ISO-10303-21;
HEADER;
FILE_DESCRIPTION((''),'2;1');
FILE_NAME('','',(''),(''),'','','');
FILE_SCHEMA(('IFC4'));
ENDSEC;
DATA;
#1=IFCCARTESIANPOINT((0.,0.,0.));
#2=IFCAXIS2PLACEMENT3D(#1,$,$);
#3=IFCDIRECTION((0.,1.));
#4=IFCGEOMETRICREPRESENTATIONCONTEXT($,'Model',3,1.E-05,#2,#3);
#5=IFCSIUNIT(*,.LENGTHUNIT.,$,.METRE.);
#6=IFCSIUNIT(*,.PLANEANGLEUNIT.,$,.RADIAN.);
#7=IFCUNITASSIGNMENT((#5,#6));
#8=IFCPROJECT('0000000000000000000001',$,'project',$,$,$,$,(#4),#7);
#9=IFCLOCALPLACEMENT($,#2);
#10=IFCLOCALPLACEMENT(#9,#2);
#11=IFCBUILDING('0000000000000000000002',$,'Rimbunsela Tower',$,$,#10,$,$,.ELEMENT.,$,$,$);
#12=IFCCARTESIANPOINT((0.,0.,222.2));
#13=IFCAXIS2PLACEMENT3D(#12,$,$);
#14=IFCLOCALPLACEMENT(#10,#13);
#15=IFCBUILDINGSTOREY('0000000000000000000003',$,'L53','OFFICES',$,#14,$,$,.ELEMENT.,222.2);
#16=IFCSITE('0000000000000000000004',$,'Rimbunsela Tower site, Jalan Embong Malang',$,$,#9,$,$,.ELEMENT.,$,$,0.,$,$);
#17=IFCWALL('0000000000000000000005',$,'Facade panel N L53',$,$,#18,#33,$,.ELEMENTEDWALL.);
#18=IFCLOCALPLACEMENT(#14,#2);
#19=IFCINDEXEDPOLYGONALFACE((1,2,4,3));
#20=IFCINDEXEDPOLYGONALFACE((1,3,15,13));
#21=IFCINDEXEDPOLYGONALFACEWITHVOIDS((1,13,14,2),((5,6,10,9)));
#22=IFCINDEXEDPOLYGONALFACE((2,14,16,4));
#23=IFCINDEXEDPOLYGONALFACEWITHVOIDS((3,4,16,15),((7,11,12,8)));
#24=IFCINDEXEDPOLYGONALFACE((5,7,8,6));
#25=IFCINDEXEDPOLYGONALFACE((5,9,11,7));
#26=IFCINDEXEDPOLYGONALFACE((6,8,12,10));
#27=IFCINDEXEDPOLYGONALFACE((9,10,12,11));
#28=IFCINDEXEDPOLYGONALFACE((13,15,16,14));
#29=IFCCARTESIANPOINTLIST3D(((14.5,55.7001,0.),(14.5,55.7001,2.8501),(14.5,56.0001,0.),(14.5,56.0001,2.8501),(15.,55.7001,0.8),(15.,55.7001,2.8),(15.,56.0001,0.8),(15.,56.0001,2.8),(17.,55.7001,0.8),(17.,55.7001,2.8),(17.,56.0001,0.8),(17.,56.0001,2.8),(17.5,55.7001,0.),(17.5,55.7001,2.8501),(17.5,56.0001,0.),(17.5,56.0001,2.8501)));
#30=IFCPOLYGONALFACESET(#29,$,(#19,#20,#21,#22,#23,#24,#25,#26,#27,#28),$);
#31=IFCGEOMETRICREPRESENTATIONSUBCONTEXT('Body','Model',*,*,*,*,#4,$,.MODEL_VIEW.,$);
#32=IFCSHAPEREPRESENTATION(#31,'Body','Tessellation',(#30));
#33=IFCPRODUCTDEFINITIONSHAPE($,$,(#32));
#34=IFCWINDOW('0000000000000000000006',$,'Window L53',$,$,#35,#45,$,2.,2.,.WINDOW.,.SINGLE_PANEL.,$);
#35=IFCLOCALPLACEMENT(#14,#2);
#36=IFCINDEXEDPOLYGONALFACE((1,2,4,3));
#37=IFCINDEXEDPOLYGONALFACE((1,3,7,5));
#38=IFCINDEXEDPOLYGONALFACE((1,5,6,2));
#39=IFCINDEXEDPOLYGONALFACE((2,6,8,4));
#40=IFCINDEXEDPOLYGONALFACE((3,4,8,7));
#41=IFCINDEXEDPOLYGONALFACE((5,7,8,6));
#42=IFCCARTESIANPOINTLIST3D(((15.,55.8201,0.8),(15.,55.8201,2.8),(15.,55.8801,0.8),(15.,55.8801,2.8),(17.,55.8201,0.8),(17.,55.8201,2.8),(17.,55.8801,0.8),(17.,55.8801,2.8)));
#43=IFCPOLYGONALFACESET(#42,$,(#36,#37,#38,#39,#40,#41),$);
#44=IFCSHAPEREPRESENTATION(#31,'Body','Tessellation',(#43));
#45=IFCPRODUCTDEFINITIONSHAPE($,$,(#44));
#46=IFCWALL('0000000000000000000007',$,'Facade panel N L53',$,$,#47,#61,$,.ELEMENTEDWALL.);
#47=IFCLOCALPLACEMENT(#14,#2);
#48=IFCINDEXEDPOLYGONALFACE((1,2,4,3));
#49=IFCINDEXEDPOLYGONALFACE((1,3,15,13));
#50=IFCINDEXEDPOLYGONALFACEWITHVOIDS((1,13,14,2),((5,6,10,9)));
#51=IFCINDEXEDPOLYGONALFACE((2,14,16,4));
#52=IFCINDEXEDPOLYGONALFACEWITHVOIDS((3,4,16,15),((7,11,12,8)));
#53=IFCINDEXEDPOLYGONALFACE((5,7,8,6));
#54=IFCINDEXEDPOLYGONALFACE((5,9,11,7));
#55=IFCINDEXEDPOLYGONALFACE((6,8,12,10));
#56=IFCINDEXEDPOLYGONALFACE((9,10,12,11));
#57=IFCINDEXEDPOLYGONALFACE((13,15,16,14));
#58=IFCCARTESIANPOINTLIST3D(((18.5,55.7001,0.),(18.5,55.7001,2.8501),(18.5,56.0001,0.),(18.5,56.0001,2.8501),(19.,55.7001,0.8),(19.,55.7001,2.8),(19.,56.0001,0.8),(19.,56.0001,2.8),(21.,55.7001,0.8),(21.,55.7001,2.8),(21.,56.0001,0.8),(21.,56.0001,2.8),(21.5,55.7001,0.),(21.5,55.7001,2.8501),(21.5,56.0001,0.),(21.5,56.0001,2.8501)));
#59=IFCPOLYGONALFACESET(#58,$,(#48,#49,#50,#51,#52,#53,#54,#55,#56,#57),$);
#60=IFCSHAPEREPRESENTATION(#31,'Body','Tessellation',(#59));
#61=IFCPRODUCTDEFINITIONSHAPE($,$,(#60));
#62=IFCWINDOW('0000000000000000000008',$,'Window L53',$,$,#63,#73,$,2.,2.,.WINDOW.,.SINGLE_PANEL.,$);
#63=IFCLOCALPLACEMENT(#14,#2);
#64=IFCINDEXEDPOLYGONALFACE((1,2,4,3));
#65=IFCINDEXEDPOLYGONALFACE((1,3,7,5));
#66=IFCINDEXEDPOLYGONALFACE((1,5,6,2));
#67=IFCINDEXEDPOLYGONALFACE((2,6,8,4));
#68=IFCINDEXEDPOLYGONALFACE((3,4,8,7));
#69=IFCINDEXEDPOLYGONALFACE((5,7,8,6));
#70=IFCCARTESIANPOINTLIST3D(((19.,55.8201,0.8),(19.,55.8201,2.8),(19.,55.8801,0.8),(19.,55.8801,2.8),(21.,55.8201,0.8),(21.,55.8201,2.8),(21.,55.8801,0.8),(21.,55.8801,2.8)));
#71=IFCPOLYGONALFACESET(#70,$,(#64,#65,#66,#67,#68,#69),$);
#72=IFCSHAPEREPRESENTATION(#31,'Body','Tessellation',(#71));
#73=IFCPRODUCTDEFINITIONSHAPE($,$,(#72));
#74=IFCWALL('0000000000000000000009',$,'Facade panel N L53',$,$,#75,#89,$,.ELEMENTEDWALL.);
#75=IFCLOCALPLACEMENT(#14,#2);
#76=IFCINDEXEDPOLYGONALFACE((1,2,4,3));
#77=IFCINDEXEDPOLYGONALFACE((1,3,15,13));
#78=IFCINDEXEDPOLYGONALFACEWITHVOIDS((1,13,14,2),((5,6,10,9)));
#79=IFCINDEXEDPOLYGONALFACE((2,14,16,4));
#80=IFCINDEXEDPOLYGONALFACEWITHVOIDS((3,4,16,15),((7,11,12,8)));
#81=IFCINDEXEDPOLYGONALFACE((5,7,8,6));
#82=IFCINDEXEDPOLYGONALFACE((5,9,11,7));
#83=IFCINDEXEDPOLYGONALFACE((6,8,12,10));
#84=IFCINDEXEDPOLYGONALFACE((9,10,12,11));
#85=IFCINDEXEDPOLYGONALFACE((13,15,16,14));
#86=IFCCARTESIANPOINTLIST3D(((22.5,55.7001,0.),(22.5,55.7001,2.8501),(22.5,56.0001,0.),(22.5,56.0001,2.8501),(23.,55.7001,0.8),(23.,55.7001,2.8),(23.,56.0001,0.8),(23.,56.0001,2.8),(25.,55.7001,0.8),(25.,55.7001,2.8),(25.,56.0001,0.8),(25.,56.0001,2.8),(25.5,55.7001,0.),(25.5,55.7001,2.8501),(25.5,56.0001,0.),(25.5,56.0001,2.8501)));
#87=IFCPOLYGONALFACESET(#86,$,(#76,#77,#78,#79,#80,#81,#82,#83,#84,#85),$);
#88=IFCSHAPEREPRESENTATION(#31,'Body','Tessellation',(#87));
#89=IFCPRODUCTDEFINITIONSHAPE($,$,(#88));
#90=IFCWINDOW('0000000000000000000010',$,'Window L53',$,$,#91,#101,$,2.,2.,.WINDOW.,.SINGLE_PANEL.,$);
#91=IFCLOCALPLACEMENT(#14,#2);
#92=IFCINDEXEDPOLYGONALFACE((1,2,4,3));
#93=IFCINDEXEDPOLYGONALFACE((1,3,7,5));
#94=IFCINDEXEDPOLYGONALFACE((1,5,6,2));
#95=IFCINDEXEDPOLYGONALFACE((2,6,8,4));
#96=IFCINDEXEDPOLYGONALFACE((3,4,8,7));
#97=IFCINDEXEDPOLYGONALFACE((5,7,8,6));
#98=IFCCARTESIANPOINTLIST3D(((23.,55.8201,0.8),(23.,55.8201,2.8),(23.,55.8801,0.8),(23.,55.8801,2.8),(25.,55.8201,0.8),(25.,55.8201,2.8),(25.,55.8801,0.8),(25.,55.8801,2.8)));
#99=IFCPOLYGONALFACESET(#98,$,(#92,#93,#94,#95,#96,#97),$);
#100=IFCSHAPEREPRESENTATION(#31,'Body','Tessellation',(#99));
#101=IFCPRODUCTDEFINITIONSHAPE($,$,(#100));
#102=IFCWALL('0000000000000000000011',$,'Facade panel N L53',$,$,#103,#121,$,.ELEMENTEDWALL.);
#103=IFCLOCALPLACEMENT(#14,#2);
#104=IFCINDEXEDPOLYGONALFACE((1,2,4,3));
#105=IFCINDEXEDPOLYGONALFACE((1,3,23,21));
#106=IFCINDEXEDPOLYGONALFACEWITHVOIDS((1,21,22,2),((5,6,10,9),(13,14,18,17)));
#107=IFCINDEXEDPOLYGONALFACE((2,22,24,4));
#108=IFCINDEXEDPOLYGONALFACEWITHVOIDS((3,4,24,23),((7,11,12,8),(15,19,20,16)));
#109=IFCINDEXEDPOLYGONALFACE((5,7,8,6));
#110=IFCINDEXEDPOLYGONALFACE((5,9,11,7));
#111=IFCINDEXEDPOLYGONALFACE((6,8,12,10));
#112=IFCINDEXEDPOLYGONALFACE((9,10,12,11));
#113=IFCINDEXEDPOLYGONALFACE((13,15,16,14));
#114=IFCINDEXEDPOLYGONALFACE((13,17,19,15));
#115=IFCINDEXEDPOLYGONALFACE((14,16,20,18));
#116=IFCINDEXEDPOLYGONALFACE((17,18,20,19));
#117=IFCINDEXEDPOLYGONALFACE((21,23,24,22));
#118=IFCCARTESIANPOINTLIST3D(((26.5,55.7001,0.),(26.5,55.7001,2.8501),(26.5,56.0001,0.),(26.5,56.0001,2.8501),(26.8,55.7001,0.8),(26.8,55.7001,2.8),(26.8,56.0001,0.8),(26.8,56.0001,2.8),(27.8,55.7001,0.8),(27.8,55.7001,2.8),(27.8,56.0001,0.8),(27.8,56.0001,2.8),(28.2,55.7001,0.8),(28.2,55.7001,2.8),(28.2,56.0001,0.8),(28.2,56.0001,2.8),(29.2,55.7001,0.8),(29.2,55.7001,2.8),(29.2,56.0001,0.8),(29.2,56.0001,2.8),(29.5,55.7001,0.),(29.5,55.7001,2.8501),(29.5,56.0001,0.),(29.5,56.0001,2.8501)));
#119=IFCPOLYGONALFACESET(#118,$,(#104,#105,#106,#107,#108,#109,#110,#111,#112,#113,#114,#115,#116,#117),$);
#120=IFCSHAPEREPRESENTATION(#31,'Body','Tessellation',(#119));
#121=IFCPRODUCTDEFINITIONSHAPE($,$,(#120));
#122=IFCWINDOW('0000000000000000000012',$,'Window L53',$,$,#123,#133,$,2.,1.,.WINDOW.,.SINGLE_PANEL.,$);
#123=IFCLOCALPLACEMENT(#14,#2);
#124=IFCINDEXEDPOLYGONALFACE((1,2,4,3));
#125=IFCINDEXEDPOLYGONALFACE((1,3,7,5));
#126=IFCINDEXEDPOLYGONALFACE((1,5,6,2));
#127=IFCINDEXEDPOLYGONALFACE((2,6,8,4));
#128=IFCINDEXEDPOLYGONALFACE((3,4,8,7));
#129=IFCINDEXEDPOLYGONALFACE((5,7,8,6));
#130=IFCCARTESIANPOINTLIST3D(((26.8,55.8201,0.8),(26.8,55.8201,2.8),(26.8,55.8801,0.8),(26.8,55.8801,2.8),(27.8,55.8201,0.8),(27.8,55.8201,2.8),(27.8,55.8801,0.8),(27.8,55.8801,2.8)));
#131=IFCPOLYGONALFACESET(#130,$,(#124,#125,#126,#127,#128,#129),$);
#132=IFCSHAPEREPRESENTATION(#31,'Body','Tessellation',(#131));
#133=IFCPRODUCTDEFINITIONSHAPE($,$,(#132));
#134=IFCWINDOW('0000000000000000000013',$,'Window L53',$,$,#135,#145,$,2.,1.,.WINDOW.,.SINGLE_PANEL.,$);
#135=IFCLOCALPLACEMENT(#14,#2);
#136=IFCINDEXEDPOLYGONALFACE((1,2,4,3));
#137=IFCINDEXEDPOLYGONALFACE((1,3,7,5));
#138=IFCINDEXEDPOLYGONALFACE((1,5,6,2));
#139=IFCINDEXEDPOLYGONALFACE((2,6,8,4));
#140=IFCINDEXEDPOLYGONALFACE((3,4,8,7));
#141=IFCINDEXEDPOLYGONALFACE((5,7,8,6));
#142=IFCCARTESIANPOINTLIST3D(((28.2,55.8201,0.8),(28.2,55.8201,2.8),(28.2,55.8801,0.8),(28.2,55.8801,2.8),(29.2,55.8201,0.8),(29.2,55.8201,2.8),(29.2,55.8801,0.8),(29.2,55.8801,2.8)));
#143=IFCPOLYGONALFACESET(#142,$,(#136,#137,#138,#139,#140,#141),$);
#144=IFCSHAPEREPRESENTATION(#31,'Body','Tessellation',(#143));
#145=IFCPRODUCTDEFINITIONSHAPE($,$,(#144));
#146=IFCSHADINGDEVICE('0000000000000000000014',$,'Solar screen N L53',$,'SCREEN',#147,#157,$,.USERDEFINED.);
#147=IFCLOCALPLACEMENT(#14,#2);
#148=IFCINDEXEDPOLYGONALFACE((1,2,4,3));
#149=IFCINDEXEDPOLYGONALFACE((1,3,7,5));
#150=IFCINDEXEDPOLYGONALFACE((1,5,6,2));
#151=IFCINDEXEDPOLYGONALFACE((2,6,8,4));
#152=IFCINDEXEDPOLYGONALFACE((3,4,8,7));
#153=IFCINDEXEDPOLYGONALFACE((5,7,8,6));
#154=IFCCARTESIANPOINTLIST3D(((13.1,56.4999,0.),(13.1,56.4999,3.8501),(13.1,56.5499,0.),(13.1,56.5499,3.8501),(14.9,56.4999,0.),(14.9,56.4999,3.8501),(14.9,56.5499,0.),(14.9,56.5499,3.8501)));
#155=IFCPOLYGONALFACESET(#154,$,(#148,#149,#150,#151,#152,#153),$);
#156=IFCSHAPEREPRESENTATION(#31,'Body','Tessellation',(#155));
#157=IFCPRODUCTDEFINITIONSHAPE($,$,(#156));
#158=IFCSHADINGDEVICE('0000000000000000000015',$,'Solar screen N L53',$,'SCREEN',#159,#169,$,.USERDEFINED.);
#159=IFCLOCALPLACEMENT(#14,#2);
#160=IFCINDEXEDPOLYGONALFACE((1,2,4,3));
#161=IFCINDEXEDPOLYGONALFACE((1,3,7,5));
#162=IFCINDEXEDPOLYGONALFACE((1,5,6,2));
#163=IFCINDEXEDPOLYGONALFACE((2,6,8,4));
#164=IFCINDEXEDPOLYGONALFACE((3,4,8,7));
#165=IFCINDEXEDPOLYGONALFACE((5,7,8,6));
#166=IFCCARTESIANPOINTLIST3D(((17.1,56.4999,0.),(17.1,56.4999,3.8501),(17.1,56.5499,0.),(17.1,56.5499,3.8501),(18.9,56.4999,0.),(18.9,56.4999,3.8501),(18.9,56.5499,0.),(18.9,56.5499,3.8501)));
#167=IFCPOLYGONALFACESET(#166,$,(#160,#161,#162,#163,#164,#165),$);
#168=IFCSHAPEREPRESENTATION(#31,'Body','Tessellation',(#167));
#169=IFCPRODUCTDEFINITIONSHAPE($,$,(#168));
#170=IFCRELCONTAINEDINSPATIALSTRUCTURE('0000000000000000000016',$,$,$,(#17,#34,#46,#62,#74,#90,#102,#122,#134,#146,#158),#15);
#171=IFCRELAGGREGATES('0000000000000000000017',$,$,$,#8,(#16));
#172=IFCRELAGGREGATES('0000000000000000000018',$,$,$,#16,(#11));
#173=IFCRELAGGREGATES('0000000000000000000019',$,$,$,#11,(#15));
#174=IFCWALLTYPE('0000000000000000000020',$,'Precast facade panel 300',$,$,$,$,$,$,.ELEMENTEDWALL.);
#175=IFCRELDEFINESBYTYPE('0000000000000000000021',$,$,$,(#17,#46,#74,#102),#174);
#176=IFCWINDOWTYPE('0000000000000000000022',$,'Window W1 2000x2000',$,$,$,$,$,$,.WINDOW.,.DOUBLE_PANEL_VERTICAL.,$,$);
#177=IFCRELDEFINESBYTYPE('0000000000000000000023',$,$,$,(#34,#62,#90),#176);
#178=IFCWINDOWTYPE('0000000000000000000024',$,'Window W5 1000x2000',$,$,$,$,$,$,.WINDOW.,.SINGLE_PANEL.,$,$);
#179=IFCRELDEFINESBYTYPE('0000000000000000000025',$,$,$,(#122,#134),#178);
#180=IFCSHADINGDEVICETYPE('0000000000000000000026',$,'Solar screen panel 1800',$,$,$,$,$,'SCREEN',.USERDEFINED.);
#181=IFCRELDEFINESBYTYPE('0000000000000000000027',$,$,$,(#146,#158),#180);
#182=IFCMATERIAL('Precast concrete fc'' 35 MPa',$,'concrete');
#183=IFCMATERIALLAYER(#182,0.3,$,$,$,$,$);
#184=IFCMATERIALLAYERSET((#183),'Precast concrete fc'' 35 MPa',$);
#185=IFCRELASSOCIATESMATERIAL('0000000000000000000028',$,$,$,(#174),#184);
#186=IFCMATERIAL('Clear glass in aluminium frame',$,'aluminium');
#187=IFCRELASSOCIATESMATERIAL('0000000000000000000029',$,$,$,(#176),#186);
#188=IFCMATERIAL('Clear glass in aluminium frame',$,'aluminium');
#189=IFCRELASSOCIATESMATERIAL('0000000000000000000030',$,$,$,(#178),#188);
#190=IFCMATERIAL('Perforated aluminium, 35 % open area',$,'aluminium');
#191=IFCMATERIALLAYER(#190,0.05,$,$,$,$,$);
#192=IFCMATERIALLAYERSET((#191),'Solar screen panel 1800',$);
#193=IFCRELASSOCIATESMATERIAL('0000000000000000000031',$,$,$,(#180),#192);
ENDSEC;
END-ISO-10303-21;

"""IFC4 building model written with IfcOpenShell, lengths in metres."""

from ifc_helpers import new_model, si_unit, direction, frame, frame_2d, origin, origin_2d, place, context, subcontext, project, spatial, rectangle, extrude, material, layer, layer_set, type_object, element, fill, save


model = new_model("IFC4")

# Units and contexts
model_context = context("Model", 3, precision=1e-05, world=origin(), true_north=direction((0.0, 1.0)))
body_context = subcontext(model_context, "Body", "Model", "MODEL_VIEW")
ifc_project = project(units=[si_unit("LENGTHUNIT", "METRE"), si_unit("PLANEANGLEUNIT", "RADIAN")], contexts=[model_context])

# Site, building, storey
site_placement = place(None, origin())
site = spatial("IfcSite", under=ifc_project, at=site_placement, Name="Rimbunsela Tower site, Jalan Embong Malang", CompositionType="ELEMENT", RefElevation=0.0)
building_placement = place(site_placement, origin())
building = spatial("IfcBuilding", under=site, at=building_placement, Name="Rimbunsela Tower", CompositionType="ELEMENT")
storey_placement = place(building_placement, frame((0.0, 0.0, 222.2)))
storey = spatial("IfcBuildingStorey", under=building, at=storey_placement, Name="L53", Description="OFFICES", CompositionType="ELEMENT", Elevation=222.2)

# Walls, openings, windows
ifc_material_1 = material(Name="Precast concrete fc' 35 MPa", Category="concrete")
ifc_layer_1 = layer(ifc_material_1, 0.3)
ifc_layer_set_1 = layer_set([ifc_layer_1], Name="Precast concrete fc' 35 MPa")
wall_type_1 = type_object("IfcWallType", Name="Precast facade panel 300", PredefinedType="ELEMENTEDWALL", material=ifc_layer_set_1)
wall_1_placement = place(storey_placement, frame((17.5, 55.8501, 0.0), z_axis=(0.0, 0.0, 1.0), x_axis=(-1.0, 0.0, 0.0)))
wall_1 = element("IfcWall", 1, at=wall_1_placement, inside=storey, type_object=wall_type_1, Name="Facade panel N L53", PredefinedType="ELEMENTEDWALL", context=body_context, shape_type="SweptSolid", body=[
    extrude(rectangle(XDim=3.0, YDim=0.3, at=frame_2d((1.5, 0.0))), origin(), (0.0, 0.0, 1.0), 2.8501),
])
opening_1_placement = place(wall_1_placement, frame((0.5, 0.0, 0.8)))
opening_1 = element("IfcOpeningElement", 2, at=opening_1_placement, cuts=wall_1, PredefinedType="OPENING", context=body_context, shape_type="SweptSolid", body=[
    extrude(rectangle(XDim=2.0, YDim=2.0, at=frame_2d((1.0, 1.0))), frame((0.0, 0.1599, 0.0), z_axis=(0.0, -1.0, 0.0), x_axis=(1.0, 0.0, 0.0)), (0.0, 0.0, 1.0), 0.3201),
])
ifc_material_2 = material(Name="Clear glass in aluminium frame", Category="aluminium")
window_type_1 = type_object("IfcWindowType", Name="Window W1 2000x2000", PartitioningType="DOUBLE_PANEL_VERTICAL", PredefinedType="WINDOW", material=ifc_material_2)
window_1_placement = place(opening_1_placement, origin())
window_1 = element("IfcWindow", 3, at=window_1_placement, inside=storey, type_object=window_type_1, Name="Window L53", OverallHeight=2.0, OverallWidth=2.0, PartitioningType="SINGLE_PANEL", PredefinedType="WINDOW", context=body_context, shape_type="SweptSolid", body=[
    extrude(rectangle(XDim=2.0, YDim=2.0, at=frame_2d((1.0, 1.0))), frame((0.0, 0.03, 0.0), z_axis=(0.0, -1.0, 0.0), x_axis=(1.0, 0.0, 0.0)), (0.0, 0.0, 1.0), 0.0601),
])
fill(opening_1, window_1)
wall_2_placement = place(storey_placement, frame((21.5, 55.8501, 0.0), z_axis=(0.0, 0.0, 1.0), x_axis=(-1.0, 0.0, 0.0)))
wall_2 = element("IfcWall", 4, at=wall_2_placement, inside=storey, type_object=wall_type_1, Name="Facade panel N L53", PredefinedType="ELEMENTEDWALL", context=body_context, shape_type="SweptSolid", body=[
    extrude(rectangle(XDim=3.0, YDim=0.3, at=frame_2d((1.5, 0.0))), origin(), (0.0, 0.0, 1.0), 2.8501),
])
opening_2_placement = place(wall_2_placement, frame((0.5, 0.0, 0.8)))
opening_2 = element("IfcOpeningElement", 5, at=opening_2_placement, cuts=wall_2, PredefinedType="OPENING", context=body_context, shape_type="SweptSolid", body=[
    extrude(rectangle(XDim=2.0, YDim=2.0, at=frame_2d((1.0, 1.0))), frame((0.0, 0.1599, 0.0), z_axis=(0.0, -1.0, 0.0), x_axis=(1.0, 0.0, 0.0)), (0.0, 0.0, 1.0), 0.3201),
])
window_2_placement = place(opening_2_placement, origin())
window_2 = element("IfcWindow", 6, at=window_2_placement, inside=storey, type_object=window_type_1, Name="Window L53", OverallHeight=2.0, OverallWidth=2.0, PartitioningType="SINGLE_PANEL", PredefinedType="WINDOW", context=body_context, shape_type="SweptSolid", body=[
    extrude(rectangle(XDim=2.0, YDim=2.0, at=frame_2d((1.0, 1.0))), frame((0.0, 0.03, 0.0), z_axis=(0.0, -1.0, 0.0), x_axis=(1.0, 0.0, 0.0)), (0.0, 0.0, 1.0), 0.0601),
])
fill(opening_2, window_2)
wall_3_placement = place(storey_placement, frame((25.5, 55.8501, 0.0), z_axis=(0.0, 0.0, 1.0), x_axis=(-1.0, 0.0, 0.0)))
wall_3 = element("IfcWall", 7, at=wall_3_placement, inside=storey, type_object=wall_type_1, Name="Facade panel N L53", PredefinedType="ELEMENTEDWALL", context=body_context, shape_type="SweptSolid", body=[
    extrude(rectangle(XDim=3.0, YDim=0.3, at=frame_2d((1.5, 0.0))), origin(), (0.0, 0.0, 1.0), 2.8501),
])
opening_3_placement = place(wall_3_placement, frame((0.5, 0.0, 0.8)))
opening_3 = element("IfcOpeningElement", 8, at=opening_3_placement, cuts=wall_3, PredefinedType="OPENING", context=body_context, shape_type="SweptSolid", body=[
    extrude(rectangle(XDim=2.0, YDim=2.0, at=frame_2d((1.0, 1.0))), frame((0.0, 0.1599, 0.0), z_axis=(0.0, -1.0, 0.0), x_axis=(1.0, 0.0, 0.0)), (0.0, 0.0, 1.0), 0.3201),
])
window_3_placement = place(opening_3_placement, origin())
window_3 = element("IfcWindow", 9, at=window_3_placement, inside=storey, type_object=window_type_1, Name="Window L53", OverallHeight=2.0, OverallWidth=2.0, PartitioningType="SINGLE_PANEL", PredefinedType="WINDOW", context=body_context, shape_type="SweptSolid", body=[
    extrude(rectangle(XDim=2.0, YDim=2.0, at=frame_2d((1.0, 1.0))), frame((0.0, 0.03, 0.0), z_axis=(0.0, -1.0, 0.0), x_axis=(1.0, 0.0, 0.0)), (0.0, 0.0, 1.0), 0.0601),
])
fill(opening_3, window_3)

# Wall, openings, windows
wall_4_placement = place(storey_placement, frame((29.5, 55.8501, 0.0), z_axis=(0.0, 0.0, 1.0), x_axis=(-1.0, 0.0, 0.0)))
wall_4 = element("IfcWall", 10, at=wall_4_placement, inside=storey, type_object=wall_type_1, Name="Facade panel N L53", PredefinedType="ELEMENTEDWALL", context=body_context, shape_type="SweptSolid", body=[
    extrude(rectangle(XDim=3.0, YDim=0.3, at=frame_2d((1.5, 0.0))), origin(), (0.0, 0.0, 1.0), 2.8501),
])
opening_4_placement = place(wall_4_placement, frame((1.7, 0.0, 0.8)))
opening_4 = element("IfcOpeningElement", 11, at=opening_4_placement, cuts=wall_4, PredefinedType="OPENING", context=body_context, shape_type="SweptSolid", body=[
    extrude(rectangle(XDim=1.0, YDim=2.0, at=frame_2d((0.5, 1.0))), frame((0.0, 0.1599, 0.0), z_axis=(0.0, -1.0, 0.0), x_axis=(1.0, 0.0, 0.0)), (0.0, 0.0, 1.0), 0.3201),
])
opening_5_placement = place(wall_4_placement, frame((0.3, 0.0, 0.8)))
opening_5 = element("IfcOpeningElement", 12, at=opening_5_placement, cuts=wall_4, PredefinedType="OPENING", context=body_context, shape_type="SweptSolid", body=[
    extrude(rectangle(XDim=1.0, YDim=2.0, at=frame_2d((0.5, 1.0))), frame((0.0, 0.1599, 0.0), z_axis=(0.0, -1.0, 0.0), x_axis=(1.0, 0.0, 0.0)), (0.0, 0.0, 1.0), 0.3201),
])
ifc_material_3 = material(Name="Clear glass in aluminium frame", Category="aluminium")
window_type_2 = type_object("IfcWindowType", Name="Window W5 1000x2000", PartitioningType="SINGLE_PANEL", PredefinedType="WINDOW", material=ifc_material_3)
window_4_placement = place(opening_4_placement, origin())
window_4 = element("IfcWindow", 13, at=window_4_placement, inside=storey, type_object=window_type_2, Name="Window L53", OverallHeight=2.0, OverallWidth=1.0, PartitioningType="SINGLE_PANEL", PredefinedType="WINDOW", context=body_context, shape_type="SweptSolid", body=[
    extrude(rectangle(XDim=1.0, YDim=2.0, at=frame_2d((0.5, 1.0))), frame((0.0, 0.03, 0.0), z_axis=(0.0, -1.0, 0.0), x_axis=(1.0, 0.0, 0.0)), (0.0, 0.0, 1.0), 0.0601),
])
fill(opening_4, window_4)
window_5_placement = place(opening_5_placement, origin())
window_5 = element("IfcWindow", 14, at=window_5_placement, inside=storey, type_object=window_type_2, Name="Window L53", OverallHeight=2.0, OverallWidth=1.0, PartitioningType="SINGLE_PANEL", PredefinedType="WINDOW", context=body_context, shape_type="SweptSolid", body=[
    extrude(rectangle(XDim=1.0, YDim=2.0, at=frame_2d((0.5, 1.0))), frame((0.0, 0.03, 0.0), z_axis=(0.0, -1.0, 0.0), x_axis=(1.0, 0.0, 0.0)), (0.0, 0.0, 1.0), 0.0601),
])
fill(opening_5, window_5)

# Shading devices
ifc_material_4 = material(Name="Perforated aluminium, 35 % open area", Category="aluminium")
ifc_layer_2 = layer(ifc_material_4, 0.05)
ifc_layer_set_2 = layer_set([ifc_layer_2], Name="Solar screen panel 1800")
shading_device_type = type_object("IfcShadingDeviceType", Name="Solar screen panel 1800", ElementType="SCREEN", PredefinedType="USERDEFINED", material=ifc_layer_set_2)
for number, where, z_axis, x_axis, name in (
    (15, (14.0, 56.5249, 0.0), (0.0, 0.0, 1.0), (1.0, 0.0, 0.0), "Solar screen N L53"),
    (16, (18.0, 56.5249, 0.0), (0.0, 0.0, 1.0), (1.0, 0.0, 0.0), "Solar screen N L53"),
):
    element("IfcShadingDevice", number, at=place(storey_placement, frame(where, z_axis=z_axis, x_axis=x_axis)), inside=storey, type_object=shading_device_type, Name=name, ObjectType="SCREEN", PredefinedType="USERDEFINED", context=body_context, shape_type="SweptSolid", body=[
        extrude(rectangle(XDim=1.8, YDim=0.05, at=origin_2d()), origin(), (0.0, 0.0, 1.0), 3.8501),
    ])

save(model, "model.ifc")
